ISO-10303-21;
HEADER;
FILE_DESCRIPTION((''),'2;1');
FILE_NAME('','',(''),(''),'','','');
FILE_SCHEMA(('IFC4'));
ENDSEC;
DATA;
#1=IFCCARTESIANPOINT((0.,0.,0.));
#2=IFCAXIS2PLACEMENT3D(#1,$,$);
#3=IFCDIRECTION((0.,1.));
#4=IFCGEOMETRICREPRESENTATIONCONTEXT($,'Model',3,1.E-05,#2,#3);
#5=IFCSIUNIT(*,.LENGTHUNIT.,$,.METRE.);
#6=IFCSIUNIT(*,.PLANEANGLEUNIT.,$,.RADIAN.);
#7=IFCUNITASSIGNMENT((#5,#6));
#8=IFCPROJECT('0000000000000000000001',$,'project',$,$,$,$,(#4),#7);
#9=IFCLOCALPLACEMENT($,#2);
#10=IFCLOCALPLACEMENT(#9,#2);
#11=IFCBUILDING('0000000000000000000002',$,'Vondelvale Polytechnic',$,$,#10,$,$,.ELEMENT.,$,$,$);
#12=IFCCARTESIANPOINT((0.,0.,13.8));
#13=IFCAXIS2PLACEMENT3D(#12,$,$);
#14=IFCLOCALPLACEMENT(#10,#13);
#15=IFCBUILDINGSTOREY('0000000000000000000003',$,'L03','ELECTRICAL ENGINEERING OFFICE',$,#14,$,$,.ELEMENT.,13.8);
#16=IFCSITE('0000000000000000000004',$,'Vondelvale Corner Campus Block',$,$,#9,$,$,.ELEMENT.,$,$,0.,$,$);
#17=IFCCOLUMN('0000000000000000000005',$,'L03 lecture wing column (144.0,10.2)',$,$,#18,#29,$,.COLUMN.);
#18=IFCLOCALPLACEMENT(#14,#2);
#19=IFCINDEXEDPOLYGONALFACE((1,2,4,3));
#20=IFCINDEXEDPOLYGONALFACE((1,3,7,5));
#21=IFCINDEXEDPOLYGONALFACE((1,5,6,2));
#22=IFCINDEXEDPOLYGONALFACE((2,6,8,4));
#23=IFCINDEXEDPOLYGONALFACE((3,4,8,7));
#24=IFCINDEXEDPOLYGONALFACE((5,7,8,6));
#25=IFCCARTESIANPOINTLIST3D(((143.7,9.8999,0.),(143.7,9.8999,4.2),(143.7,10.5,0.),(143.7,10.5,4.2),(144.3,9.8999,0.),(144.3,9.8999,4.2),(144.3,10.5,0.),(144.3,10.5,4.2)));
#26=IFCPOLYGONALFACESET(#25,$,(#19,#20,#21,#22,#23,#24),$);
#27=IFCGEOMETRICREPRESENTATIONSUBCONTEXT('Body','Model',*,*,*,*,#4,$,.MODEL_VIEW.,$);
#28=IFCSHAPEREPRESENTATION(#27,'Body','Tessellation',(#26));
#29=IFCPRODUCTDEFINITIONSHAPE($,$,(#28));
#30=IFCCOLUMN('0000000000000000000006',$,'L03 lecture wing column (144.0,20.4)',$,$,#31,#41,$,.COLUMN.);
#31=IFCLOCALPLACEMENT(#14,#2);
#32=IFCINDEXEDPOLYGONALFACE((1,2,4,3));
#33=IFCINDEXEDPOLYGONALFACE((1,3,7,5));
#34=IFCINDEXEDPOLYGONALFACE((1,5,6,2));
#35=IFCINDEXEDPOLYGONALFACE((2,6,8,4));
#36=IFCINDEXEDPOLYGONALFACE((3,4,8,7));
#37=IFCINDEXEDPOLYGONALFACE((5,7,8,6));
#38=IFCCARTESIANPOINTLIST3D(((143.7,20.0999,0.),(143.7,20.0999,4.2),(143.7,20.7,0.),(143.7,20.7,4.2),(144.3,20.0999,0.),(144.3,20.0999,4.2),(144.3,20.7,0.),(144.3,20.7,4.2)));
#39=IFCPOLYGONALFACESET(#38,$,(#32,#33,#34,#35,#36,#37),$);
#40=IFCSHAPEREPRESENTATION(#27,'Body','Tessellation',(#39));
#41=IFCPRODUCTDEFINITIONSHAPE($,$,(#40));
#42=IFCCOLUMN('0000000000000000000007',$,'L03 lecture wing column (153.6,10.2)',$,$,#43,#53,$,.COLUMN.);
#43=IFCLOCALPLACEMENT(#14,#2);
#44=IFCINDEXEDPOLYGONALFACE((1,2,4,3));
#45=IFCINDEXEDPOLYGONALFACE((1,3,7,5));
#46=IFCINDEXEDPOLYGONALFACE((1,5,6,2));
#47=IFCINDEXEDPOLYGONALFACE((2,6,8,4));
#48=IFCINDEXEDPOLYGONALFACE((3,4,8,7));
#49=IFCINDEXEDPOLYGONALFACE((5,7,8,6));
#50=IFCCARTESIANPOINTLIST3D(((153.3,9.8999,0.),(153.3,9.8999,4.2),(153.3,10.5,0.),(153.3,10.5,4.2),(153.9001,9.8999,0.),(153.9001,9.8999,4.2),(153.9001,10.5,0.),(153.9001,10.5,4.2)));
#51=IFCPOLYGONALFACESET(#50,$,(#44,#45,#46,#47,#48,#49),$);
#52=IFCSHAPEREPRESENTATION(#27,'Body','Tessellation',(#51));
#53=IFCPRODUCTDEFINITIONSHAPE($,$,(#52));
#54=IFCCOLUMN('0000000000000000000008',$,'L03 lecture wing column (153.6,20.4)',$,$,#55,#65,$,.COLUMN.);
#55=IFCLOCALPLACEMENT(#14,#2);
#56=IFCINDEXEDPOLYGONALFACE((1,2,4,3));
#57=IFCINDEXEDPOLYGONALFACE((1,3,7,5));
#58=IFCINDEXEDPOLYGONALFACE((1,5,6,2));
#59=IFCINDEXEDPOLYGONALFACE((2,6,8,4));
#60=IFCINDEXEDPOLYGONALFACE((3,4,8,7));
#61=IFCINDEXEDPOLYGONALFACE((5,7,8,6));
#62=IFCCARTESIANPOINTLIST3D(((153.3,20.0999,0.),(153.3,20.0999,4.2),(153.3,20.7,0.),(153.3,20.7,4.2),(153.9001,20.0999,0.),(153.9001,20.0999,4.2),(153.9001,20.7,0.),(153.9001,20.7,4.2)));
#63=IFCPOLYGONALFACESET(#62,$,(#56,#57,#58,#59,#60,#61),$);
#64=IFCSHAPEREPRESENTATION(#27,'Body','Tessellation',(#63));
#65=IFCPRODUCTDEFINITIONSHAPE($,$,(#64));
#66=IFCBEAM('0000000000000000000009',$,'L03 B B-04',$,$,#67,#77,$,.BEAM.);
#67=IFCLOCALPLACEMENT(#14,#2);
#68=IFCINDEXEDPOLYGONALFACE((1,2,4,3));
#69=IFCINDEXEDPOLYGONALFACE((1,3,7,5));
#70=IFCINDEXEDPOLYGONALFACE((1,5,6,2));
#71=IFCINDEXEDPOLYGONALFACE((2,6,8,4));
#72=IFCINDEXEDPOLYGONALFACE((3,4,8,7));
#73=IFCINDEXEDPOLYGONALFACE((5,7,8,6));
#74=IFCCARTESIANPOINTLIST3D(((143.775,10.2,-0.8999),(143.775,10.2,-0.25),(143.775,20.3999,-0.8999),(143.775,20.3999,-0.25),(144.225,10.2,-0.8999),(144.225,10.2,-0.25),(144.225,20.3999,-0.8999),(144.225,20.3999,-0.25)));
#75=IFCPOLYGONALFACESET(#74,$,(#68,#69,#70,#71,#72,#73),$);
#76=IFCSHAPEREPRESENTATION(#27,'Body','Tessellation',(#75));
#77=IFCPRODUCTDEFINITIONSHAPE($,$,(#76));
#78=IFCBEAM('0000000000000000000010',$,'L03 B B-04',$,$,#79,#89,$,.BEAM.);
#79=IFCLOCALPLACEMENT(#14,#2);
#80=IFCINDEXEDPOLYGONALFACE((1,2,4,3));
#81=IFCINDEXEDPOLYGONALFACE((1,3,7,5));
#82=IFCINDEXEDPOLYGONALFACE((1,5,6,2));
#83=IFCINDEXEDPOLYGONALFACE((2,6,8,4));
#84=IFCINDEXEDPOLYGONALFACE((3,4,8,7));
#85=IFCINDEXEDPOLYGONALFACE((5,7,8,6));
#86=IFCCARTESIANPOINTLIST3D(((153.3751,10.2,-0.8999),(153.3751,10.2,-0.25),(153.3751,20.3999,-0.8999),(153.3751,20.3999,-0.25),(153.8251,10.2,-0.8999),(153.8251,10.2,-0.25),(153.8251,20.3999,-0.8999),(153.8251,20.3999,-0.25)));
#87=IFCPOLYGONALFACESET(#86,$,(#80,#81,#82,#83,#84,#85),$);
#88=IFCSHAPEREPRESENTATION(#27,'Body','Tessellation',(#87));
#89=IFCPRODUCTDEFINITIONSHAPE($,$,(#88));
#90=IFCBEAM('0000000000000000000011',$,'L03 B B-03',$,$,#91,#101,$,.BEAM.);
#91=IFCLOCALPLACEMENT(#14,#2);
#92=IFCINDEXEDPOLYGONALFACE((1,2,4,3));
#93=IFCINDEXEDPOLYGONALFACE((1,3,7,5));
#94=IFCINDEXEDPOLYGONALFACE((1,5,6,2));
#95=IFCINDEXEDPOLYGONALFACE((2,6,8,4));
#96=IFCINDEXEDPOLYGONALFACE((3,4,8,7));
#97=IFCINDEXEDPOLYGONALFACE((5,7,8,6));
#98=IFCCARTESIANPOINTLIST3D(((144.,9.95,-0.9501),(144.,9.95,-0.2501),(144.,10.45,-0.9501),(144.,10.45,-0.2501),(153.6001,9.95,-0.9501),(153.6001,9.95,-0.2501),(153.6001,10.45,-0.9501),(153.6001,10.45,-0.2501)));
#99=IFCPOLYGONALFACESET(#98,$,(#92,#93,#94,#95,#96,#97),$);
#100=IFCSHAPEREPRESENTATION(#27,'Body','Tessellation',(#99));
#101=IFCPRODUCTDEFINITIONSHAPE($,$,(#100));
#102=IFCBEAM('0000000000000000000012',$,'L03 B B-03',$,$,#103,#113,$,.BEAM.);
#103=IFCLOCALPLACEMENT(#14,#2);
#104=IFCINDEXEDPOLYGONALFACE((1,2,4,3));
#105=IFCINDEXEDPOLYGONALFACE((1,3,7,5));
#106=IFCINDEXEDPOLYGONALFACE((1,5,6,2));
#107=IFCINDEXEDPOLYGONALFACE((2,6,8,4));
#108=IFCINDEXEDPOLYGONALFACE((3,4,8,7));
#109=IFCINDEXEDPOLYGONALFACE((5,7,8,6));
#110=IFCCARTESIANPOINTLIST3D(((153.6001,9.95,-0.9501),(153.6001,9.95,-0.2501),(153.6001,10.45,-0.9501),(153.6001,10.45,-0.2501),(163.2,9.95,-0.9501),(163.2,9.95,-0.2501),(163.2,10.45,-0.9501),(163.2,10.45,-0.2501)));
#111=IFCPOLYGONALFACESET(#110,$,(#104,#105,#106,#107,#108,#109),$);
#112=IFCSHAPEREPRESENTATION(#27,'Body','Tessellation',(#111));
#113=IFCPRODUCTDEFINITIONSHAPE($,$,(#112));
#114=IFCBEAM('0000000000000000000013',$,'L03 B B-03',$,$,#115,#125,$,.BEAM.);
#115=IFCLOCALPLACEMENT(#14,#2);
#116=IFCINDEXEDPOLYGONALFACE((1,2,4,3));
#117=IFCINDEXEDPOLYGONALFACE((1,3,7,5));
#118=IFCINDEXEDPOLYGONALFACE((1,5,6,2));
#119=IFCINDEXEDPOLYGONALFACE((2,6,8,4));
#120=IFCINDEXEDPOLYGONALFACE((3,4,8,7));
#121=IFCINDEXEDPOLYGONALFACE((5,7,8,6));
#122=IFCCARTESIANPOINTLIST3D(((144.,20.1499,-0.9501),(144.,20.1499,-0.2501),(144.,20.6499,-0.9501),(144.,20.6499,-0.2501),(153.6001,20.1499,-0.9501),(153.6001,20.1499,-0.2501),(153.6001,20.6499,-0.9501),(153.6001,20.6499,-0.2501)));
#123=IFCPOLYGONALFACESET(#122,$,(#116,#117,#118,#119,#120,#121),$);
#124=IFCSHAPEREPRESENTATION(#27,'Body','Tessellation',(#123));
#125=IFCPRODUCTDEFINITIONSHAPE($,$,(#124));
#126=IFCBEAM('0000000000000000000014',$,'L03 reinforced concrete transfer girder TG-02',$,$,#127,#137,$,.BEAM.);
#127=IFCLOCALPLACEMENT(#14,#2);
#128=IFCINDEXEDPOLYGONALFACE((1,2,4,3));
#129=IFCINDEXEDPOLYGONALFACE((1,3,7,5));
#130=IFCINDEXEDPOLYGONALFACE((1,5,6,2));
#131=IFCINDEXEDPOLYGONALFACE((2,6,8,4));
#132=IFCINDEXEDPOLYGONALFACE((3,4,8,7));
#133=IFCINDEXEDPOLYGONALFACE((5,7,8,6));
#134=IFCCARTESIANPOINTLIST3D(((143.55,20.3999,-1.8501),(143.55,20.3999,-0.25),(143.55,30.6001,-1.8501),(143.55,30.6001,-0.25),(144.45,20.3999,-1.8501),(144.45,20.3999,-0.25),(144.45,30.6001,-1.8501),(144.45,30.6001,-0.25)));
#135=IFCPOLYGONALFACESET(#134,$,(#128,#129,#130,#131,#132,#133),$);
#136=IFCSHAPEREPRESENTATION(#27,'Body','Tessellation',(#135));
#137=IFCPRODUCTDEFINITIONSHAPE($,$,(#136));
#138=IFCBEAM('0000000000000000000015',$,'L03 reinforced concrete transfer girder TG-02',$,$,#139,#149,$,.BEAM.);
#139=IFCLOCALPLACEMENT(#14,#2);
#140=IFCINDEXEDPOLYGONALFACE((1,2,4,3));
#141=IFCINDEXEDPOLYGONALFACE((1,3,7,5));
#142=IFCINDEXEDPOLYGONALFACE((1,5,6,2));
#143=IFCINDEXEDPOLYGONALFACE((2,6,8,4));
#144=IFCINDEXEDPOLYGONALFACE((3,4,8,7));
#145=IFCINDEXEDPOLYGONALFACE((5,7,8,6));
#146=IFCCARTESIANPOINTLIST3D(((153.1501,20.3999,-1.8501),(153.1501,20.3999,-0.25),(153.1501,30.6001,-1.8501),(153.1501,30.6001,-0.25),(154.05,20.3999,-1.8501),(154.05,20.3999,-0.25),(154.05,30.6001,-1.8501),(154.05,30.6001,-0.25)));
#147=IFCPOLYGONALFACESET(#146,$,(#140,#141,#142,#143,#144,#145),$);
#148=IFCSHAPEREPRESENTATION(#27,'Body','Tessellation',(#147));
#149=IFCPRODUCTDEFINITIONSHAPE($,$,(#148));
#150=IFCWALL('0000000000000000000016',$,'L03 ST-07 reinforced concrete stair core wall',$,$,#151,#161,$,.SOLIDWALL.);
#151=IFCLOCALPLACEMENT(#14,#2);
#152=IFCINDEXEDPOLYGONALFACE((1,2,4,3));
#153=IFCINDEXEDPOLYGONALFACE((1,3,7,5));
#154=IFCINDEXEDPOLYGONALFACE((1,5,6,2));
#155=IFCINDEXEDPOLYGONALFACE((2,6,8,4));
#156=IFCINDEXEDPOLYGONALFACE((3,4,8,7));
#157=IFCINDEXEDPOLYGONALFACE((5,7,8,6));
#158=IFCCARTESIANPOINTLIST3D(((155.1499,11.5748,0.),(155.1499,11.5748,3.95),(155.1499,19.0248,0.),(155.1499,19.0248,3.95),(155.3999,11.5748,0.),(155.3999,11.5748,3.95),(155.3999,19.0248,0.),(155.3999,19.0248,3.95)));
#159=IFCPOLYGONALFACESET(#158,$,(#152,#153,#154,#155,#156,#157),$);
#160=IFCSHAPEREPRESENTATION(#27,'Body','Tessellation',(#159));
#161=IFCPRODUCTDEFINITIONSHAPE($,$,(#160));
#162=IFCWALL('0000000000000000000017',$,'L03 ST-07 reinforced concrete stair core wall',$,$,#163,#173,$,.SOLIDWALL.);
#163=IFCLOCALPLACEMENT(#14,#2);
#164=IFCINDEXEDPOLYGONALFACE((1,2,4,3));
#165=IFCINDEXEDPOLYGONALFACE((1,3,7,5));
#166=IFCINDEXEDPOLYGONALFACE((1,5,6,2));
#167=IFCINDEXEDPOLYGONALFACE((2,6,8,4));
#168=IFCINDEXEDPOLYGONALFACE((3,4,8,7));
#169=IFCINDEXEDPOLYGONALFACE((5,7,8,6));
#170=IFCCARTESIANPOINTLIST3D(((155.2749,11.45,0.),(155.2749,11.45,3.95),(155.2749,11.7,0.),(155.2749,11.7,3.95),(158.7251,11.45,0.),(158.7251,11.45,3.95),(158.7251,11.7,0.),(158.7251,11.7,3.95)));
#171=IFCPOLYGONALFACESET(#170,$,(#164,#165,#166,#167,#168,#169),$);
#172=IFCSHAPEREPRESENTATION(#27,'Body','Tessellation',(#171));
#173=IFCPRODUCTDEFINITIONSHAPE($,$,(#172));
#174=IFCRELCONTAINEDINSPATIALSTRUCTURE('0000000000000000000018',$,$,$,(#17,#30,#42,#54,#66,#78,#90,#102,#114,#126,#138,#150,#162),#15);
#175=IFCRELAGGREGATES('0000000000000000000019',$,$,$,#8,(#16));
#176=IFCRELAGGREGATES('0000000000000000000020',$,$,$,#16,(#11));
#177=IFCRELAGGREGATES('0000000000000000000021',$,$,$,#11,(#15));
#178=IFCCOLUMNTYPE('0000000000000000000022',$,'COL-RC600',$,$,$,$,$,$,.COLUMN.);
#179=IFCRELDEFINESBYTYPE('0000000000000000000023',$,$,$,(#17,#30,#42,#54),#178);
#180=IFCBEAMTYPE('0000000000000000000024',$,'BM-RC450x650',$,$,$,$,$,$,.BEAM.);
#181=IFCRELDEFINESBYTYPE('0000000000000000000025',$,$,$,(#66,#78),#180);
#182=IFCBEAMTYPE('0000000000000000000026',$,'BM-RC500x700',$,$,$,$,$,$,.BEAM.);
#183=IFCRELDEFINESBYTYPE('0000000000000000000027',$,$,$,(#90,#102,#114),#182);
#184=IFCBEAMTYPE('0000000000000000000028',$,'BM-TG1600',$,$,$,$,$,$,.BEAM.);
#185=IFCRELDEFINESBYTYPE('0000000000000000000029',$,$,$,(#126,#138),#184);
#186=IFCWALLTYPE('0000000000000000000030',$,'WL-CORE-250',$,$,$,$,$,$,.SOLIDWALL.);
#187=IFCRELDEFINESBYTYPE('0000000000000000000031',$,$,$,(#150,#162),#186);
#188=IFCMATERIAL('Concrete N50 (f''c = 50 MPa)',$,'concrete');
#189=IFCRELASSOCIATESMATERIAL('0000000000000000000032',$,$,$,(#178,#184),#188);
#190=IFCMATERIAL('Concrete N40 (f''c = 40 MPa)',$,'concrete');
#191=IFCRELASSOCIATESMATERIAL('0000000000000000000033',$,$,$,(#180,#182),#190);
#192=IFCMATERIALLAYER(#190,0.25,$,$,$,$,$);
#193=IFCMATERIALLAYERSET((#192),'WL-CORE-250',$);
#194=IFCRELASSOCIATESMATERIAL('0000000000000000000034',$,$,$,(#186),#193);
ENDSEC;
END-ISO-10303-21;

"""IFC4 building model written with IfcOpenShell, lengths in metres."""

from ifc_helpers import new_model, si_unit, direction, frame, frame_2d, origin, origin_2d, place, context, subcontext, project, spatial, rectangle, extrude, material, layer, layer_set, material_profile, profile_set, type_object, element, save


model = new_model("IFC4")

# Units and contexts
model_context = context("Model", 3, precision=1e-05, world=origin(), true_north=direction((0.0, 1.0)))
body_context = subcontext(model_context, "Body", "Model", "MODEL_VIEW")
ifc_project = project(units=[si_unit("LENGTHUNIT", "METRE"), si_unit("PLANEANGLEUNIT", "RADIAN")], contexts=[model_context])

# Site, building, storey
site_placement = place(None, origin())
site = spatial("IfcSite", under=ifc_project, at=site_placement, Name="Vondelvale Corner Campus Block", CompositionType="ELEMENT", RefElevation=0.0)
building_placement = place(site_placement, origin())
building = spatial("IfcBuilding", under=site, at=building_placement, Name="Vondelvale Polytechnic", CompositionType="ELEMENT")
storey_placement = place(building_placement, frame((0.0, 0.0, 13.8)))
storey = spatial("IfcBuildingStorey", under=building, at=storey_placement, Name="L03", Description="ELECTRICAL ENGINEERING OFFICE", CompositionType="ELEMENT", Elevation=13.8)

# Columns
ifc_material_1 = material(Name="Concrete N50 (f'c = 50 MPa)", Category="concrete")
ifc_material_profile_1 = material_profile(ifc_material_1, rectangle(XDim=0.6001, YDim=0.6001, at=origin_2d()), Name="RC-COL-600x600")
ifc_profile_set_1 = profile_set([ifc_material_profile_1], Name="Concrete N50 (f'c = 50 MPa)")
column_type = type_object("IfcColumnType", Name="COL-RC600", PredefinedType="COLUMN", material=ifc_profile_set_1)
for number, where, z_axis, x_axis, name in (
    (1, (144.0, 10.2, 0.0), (0.0, 0.0, 1.0), (1.0, 0.0, 0.0), "L03 lecture wing column (144.0,10.2)"),
    (2, (144.0, 20.3999, 0.0), (0.0, 0.0, 1.0), (1.0, 0.0, 0.0), "L03 lecture wing column (144.0,20.4)"),
    (3, (153.6001, 10.2, 0.0), (0.0, 0.0, 1.0), (1.0, 0.0, 0.0), "L03 lecture wing column (153.6,10.2)"),
    (4, (153.6001, 20.3999, 0.0), (0.0, 0.0, 1.0), (1.0, 0.0, 0.0), "L03 lecture wing column (153.6,20.4)"),
):
    element("IfcColumn", number, at=place(storey_placement, frame(where, z_axis=z_axis, x_axis=x_axis)), inside=storey, type_object=column_type, Name=name, PredefinedType="COLUMN", context=body_context, shape_type="SweptSolid", body=[
        extrude(rectangle(XDim=0.6001, YDim=0.6001, at=origin_2d()), origin(), (0.0, 0.0, 1.0), 4.2),
    ])

# Beams
ifc_material_2 = material(Name="Concrete N40 (f'c = 40 MPa)", Category="concrete")
ifc_material_profile_2 = material_profile(ifc_material_2, rectangle(XDim=0.45, YDim=0.6499, at=origin_2d()), Name="RC-BM-450x650")
ifc_profile_set_2 = profile_set([ifc_material_profile_2], Name="Concrete N40 (f'c = 40 MPa)")
beam_type_1 = type_object("IfcBeamType", Name="BM-RC450x650", PredefinedType="BEAM", material=ifc_profile_set_2)
for number, where, z_axis, x_axis, name in (
    (5, (144.0, 10.2, -0.575), (0.0, 1.0, 0.0), (-1.0, 0.0, 0.0), "L03 B B-04"),
    (6, (153.6001, 10.2, -0.575), (0.0, 1.0, 0.0), (-1.0, 0.0, 0.0), "L03 B B-04"),
):
    element("IfcBeam", number, at=place(storey_placement, frame(where, z_axis=z_axis, x_axis=x_axis)), inside=storey, type_object=beam_type_1, Name=name, PredefinedType="BEAM", context=body_context, shape_type="SweptSolid", body=[
        extrude(rectangle(XDim=0.45, YDim=0.6499, at=origin_2d()), origin(), (0.0, 0.0, 1.0), 10.2),
    ])
ifc_material_profile_3 = material_profile(ifc_material_2, rectangle(XDim=0.5, YDim=0.7, at=origin_2d()), Name="RC-BM-500x700")
ifc_profile_set_3 = profile_set([ifc_material_profile_3], Name="Concrete N40 (f'c = 40 MPa)")
beam_type_2 = type_object("IfcBeamType", Name="BM-RC500x700", PredefinedType="BEAM", material=ifc_profile_set_3)
beam_1_placement = place(storey_placement, frame((144.0, 10.2, -0.6001), z_axis=(1.0, 0.0, 0.0), x_axis=(0.0, 1.0, 0.0)))
element("IfcBeam", 7, at=beam_1_placement, inside=storey, type_object=beam_type_2, Name="L03 B B-03", PredefinedType="BEAM", context=body_context, shape_type="SweptSolid", body=[
    extrude(rectangle(XDim=0.5, YDim=0.7, at=origin_2d()), origin(), (0.0, 0.0, 1.0), 9.6001),
])
beam_2_placement = place(storey_placement, frame((153.6001, 10.2, -0.6001), z_axis=(1.0, 0.0, 0.0), x_axis=(0.0, 1.0, 0.0)))
element("IfcBeam", 8, at=beam_2_placement, inside=storey, type_object=beam_type_2, Name="L03 B B-03", PredefinedType="BEAM", context=body_context, shape_type="SweptSolid", body=[
    extrude(rectangle(XDim=0.5, YDim=0.7, at=origin_2d()), origin(), (0.0, 0.0, 1.0), 9.5999),
])
beam_3_placement = place(storey_placement, frame((144.0, 20.3999, -0.6001), z_axis=(1.0, 0.0, 0.0), x_axis=(0.0, 1.0, 0.0)))
element("IfcBeam", 9, at=beam_3_placement, inside=storey, type_object=beam_type_2, Name="L03 B B-03", PredefinedType="BEAM", context=body_context, shape_type="SweptSolid", body=[
    extrude(rectangle(XDim=0.5, YDim=0.7, at=origin_2d()), origin(), (0.0, 0.0, 1.0), 9.6001),
])
ifc_material_profile_4 = material_profile(ifc_material_1, rectangle(XDim=0.8999, YDim=1.6001, at=origin_2d()), Name="RC-TG-900x1600")
ifc_profile_set_4 = profile_set([ifc_material_profile_4], Name="Concrete N50 (f'c = 50 MPa)")
beam_type_3 = type_object("IfcBeamType", Name="BM-TG1600", PredefinedType="BEAM", material=ifc_profile_set_4)
for number, where, z_axis, x_axis, name in (
    (10, (144.0, 20.3999, -1.05), (0.0, 1.0, 0.0), (-1.0, 0.0, 0.0), "L03 reinforced concrete transfer girder TG-02"),
    (11, (153.6001, 20.3999, -1.05), (0.0, 1.0, 0.0), (-1.0, 0.0, 0.0), "L03 reinforced concrete transfer girder TG-02"),
):
    element("IfcBeam", number, at=place(storey_placement, frame(where, z_axis=z_axis, x_axis=x_axis)), inside=storey, type_object=beam_type_3, Name=name, PredefinedType="BEAM", context=body_context, shape_type="SweptSolid", body=[
        extrude(rectangle(XDim=0.8999, YDim=1.6001, at=origin_2d()), origin(), (0.0, 0.0, 1.0), 10.2002),
    ])

# Walls
ifc_layer_1 = layer(ifc_material_2, 0.25)
ifc_layer_set_1 = layer_set([ifc_layer_1], Name="WL-CORE-250")
wall_type_1 = type_object("IfcWallType", Name="WL-CORE-250", PredefinedType="SOLIDWALL", material=ifc_layer_set_1)
wall_1_placement = place(storey_placement, frame((155.2749, 19.0249, 0.0), z_axis=(0.0, 0.0, 1.0), x_axis=(0.0, -1.0, 0.0)))
element("IfcWall", 12, at=wall_1_placement, inside=storey, type_object=wall_type_1, Name="L03 ST-07 reinforced concrete stair core wall", PredefinedType="SOLIDWALL", context=body_context, shape_type="SweptSolid", body=[
    extrude(rectangle(XDim=7.45, YDim=0.25, at=frame_2d((3.7251, 0.0))), origin(), (0.0, 0.0, 1.0), 3.95),
])
wall_2_placement = place(storey_placement, frame((155.2749, 11.575, 0.0), z_axis=(0.0, 0.0, 1.0), x_axis=(1.0, 0.0, 0.0)))
element("IfcWall", 13, at=wall_2_placement, inside=storey, type_object=wall_type_1, Name="L03 ST-07 reinforced concrete stair core wall", PredefinedType="SOLIDWALL", context=body_context, shape_type="SweptSolid", body=[
    extrude(rectangle(XDim=3.4502, YDim=0.25, at=frame_2d((1.7251, 0.0))), origin(), (0.0, 0.0, 1.0), 3.95),
])

save(model, "model.ifc")
